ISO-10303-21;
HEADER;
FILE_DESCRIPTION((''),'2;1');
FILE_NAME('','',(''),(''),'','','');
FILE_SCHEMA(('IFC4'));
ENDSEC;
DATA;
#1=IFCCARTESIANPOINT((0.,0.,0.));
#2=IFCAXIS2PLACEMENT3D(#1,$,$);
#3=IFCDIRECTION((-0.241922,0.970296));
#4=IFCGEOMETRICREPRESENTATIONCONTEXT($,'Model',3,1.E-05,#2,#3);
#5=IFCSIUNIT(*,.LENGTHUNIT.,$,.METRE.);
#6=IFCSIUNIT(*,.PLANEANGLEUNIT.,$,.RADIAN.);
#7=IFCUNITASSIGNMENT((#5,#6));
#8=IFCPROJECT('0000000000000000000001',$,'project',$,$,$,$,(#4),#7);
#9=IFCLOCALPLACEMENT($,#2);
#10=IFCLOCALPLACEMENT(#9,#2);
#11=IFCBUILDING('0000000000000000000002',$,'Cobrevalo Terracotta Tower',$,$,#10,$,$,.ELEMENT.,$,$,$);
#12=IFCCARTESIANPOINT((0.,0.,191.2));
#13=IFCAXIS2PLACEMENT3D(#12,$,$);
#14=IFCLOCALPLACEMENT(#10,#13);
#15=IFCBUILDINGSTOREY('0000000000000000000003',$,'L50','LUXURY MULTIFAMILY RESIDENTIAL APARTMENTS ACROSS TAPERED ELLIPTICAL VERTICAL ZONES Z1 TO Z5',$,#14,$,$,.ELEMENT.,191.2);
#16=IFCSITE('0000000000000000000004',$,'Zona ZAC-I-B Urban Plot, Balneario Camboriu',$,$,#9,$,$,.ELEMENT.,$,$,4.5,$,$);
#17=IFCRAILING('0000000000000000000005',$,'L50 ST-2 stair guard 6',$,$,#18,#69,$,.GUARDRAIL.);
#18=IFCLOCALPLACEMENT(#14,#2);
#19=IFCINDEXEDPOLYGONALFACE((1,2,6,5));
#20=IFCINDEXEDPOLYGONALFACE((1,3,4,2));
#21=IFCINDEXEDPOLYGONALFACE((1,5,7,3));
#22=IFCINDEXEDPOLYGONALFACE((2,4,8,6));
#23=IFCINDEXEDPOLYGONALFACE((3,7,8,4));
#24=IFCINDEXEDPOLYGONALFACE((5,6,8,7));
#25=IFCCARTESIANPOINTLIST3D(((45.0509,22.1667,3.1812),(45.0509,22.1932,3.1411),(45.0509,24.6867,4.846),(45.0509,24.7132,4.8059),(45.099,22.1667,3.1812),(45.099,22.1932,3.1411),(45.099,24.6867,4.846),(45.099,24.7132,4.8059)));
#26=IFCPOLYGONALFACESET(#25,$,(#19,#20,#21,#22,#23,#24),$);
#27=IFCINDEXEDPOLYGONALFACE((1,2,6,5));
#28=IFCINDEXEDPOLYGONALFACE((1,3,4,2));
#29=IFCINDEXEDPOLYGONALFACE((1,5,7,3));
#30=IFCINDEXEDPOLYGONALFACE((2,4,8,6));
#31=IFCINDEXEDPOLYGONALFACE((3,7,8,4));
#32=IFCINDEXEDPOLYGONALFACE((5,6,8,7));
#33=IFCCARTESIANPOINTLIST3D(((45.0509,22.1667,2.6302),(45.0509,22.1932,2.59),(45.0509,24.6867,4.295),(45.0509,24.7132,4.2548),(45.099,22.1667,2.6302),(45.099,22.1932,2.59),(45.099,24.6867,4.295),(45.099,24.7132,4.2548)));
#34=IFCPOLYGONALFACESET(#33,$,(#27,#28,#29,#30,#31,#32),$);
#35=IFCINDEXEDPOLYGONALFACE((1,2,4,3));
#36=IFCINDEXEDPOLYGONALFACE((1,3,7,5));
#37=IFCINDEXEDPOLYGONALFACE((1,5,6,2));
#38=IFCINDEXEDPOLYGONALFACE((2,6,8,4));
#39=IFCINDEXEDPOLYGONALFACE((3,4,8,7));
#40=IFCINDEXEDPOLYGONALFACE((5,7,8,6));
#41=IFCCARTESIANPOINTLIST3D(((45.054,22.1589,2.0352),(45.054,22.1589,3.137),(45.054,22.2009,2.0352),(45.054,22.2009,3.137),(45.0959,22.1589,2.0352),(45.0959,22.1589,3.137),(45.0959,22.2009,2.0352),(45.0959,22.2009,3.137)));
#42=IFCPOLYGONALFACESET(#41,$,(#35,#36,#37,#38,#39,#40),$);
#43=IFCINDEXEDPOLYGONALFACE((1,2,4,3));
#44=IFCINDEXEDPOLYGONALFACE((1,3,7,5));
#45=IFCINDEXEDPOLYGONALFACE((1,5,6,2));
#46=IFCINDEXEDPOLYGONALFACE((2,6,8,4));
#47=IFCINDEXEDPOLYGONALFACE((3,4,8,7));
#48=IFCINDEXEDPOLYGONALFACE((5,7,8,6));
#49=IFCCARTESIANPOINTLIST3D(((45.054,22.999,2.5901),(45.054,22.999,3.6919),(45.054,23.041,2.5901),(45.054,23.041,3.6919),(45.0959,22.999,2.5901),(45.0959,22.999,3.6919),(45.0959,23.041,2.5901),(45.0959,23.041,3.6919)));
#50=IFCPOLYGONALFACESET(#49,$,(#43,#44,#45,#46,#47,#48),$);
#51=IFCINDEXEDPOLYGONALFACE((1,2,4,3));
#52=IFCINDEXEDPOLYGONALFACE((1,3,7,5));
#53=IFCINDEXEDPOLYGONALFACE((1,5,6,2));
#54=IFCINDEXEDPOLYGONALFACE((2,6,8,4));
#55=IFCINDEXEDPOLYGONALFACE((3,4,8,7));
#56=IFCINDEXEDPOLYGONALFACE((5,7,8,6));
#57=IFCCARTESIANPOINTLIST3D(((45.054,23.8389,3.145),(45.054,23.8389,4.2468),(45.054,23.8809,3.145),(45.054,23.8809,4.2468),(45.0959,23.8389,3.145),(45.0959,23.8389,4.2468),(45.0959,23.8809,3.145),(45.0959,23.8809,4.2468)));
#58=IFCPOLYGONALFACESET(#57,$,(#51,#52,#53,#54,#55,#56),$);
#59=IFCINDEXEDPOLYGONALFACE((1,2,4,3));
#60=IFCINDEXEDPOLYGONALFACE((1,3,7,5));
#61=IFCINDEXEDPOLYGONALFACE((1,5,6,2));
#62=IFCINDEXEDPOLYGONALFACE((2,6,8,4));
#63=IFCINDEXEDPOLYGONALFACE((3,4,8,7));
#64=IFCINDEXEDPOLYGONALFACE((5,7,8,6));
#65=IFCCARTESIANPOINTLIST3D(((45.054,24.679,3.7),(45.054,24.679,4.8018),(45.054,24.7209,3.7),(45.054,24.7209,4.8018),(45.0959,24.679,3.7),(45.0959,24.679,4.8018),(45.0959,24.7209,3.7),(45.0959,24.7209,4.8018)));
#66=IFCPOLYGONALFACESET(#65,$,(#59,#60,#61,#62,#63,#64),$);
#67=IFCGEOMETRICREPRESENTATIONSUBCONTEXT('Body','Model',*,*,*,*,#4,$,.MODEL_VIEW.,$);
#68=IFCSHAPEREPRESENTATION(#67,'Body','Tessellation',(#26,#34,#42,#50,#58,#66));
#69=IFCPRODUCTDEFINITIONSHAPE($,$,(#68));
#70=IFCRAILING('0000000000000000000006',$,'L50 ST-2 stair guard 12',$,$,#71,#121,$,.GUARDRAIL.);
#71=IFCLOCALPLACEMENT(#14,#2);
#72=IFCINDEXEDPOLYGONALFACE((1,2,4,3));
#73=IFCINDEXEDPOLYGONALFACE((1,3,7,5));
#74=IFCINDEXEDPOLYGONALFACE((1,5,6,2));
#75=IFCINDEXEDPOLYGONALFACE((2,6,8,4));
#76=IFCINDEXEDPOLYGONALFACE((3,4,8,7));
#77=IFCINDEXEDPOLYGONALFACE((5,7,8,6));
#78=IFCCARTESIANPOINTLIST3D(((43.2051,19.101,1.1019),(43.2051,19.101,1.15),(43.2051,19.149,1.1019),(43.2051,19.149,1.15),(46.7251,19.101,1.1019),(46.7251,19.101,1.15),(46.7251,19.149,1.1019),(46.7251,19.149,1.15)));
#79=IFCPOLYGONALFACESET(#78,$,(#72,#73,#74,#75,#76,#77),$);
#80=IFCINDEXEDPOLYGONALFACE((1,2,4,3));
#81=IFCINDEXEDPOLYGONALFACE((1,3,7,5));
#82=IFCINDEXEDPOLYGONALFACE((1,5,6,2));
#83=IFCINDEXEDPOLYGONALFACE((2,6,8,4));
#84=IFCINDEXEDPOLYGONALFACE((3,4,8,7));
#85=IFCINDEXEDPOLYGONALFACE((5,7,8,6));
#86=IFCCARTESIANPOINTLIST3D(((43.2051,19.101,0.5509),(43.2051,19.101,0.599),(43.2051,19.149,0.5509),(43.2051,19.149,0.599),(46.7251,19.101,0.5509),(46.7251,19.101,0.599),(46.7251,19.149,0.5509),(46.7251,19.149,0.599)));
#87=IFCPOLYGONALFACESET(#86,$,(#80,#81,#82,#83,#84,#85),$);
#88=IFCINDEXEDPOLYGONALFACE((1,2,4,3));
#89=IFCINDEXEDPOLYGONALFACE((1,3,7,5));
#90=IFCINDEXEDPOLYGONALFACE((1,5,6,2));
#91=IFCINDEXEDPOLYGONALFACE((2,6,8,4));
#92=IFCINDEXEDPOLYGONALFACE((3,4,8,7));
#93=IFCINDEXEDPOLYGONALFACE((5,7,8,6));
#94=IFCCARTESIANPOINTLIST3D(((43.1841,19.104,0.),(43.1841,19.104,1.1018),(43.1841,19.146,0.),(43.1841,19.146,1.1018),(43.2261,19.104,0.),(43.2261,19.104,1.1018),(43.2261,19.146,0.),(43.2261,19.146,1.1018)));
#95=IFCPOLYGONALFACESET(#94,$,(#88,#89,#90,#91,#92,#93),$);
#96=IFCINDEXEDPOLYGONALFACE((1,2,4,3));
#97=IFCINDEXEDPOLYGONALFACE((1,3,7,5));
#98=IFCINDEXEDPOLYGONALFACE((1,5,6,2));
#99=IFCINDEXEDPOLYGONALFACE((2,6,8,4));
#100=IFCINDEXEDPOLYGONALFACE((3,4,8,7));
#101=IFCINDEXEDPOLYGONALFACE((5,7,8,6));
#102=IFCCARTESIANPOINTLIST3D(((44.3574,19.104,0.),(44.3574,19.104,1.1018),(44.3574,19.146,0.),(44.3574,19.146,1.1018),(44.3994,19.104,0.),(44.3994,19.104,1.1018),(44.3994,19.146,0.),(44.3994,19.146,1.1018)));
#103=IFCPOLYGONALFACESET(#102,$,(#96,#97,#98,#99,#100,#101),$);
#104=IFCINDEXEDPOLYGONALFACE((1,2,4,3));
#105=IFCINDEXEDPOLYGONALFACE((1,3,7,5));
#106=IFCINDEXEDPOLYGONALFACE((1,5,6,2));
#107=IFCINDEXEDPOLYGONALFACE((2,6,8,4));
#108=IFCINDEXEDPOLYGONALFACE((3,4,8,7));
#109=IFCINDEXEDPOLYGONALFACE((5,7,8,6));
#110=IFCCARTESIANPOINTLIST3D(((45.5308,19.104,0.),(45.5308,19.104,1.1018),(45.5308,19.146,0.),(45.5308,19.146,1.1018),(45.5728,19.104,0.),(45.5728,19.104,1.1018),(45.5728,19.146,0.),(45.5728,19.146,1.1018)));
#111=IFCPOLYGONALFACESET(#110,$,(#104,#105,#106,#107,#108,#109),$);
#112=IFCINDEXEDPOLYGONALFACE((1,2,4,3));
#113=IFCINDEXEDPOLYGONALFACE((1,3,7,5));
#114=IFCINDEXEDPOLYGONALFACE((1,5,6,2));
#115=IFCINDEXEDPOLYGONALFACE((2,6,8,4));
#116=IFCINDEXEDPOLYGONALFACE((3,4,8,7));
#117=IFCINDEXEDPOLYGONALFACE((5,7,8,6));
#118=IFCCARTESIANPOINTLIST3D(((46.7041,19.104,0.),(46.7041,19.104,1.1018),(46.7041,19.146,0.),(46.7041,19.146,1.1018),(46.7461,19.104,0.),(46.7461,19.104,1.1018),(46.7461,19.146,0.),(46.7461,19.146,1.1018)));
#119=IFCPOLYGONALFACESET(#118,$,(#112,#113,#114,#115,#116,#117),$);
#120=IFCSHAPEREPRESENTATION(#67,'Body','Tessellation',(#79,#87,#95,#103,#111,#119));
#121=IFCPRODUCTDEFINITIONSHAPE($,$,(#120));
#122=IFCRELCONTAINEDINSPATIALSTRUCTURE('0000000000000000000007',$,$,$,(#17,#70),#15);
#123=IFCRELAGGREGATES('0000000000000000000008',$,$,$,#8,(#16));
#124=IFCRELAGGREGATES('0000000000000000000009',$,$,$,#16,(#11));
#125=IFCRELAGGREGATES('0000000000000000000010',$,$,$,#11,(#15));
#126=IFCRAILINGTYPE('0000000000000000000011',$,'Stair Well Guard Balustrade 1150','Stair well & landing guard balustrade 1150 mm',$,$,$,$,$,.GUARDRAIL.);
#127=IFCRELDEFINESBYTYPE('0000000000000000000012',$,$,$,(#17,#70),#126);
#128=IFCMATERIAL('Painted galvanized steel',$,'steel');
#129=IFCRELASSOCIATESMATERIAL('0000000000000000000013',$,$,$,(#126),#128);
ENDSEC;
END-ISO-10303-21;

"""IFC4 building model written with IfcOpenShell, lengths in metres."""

from ifc_helpers import new_model, si_unit, direction, frame, origin, origin_2d, place, context, subcontext, project, spatial, rectangle, extrude, material, type_object, element, save


model = new_model("IFC4")

# Units and contexts
model_context = context("Model", 3, precision=1e-05, world=origin(), true_north=direction((-0.241922, 0.970296)))
body_context = subcontext(model_context, "Body", "Model", "MODEL_VIEW")
ifc_project = project(units=[si_unit("LENGTHUNIT", "METRE"), si_unit("PLANEANGLEUNIT", "RADIAN")], contexts=[model_context])

# Site, building, storey
site_placement = place(None, origin())
site = spatial("IfcSite", under=ifc_project, at=site_placement, Name="Zona ZAC-I-B Urban Plot, Balneario Camboriu", CompositionType="ELEMENT", RefElevation=4.5)
building_placement = place(site_placement, origin())
building = spatial("IfcBuilding", under=site, at=building_placement, Name="Cobrevalo Terracotta Tower", CompositionType="ELEMENT")
storey_placement = place(building_placement, frame((0.0, 0.0, 191.2)))
storey = spatial("IfcBuildingStorey", under=building, at=storey_placement, Name="L50", Description="LUXURY MULTIFAMILY RESIDENTIAL APARTMENTS ACROSS TAPERED ELLIPTICAL VERTICAL ZONES Z1 TO Z5", CompositionType="ELEMENT", Elevation=191.2)

# Railings
ifc_material_1 = material(Name="Painted galvanized steel", Category="steel")
railing_type_1 = type_object("IfcRailingType", Name="Stair Well Guard Balustrade 1150", Description="Stair well & landing guard balustrade 1150 mm", PredefinedType="GUARDRAIL", material=ifc_material_1)
railing_1_placement = place(storey_placement, frame((45.075, 22.1799, 2.0352)))
element("IfcRailing", 1, at=railing_1_placement, inside=storey, type_object=railing_type_1, Name="L50 ST-2 stair guard 6", PredefinedType="GUARDRAIL", context=body_context, shape_type="SweptSolid", body=[
    extrude(rectangle(XDim=0.0481, YDim=0.0481, at=origin_2d()), frame((0.0, 0.0, 1.126), z_axis=(0.0, 0.834369, 0.551207), x_axis=(-1.0, 0.0, 0.0)), (0.0, 0.0, 1.0), 3.0203),
    extrude(rectangle(XDim=0.0481, YDim=0.0481, at=origin_2d()), frame((0.0, 0.0, 0.575), z_axis=(0.0, 0.834369, 0.551207), x_axis=(-1.0, 0.0, 0.0)), (0.0, 0.0, 1.0), 3.0203),
    extrude(rectangle(XDim=0.042, YDim=0.042, at=origin_2d()), origin(), (0.0, 0.0, 1.0), 1.1018),
    extrude(rectangle(XDim=0.042, YDim=0.042, at=origin_2d()), frame((0.0, 0.8401, 0.5549)), (0.0, 0.0, 1.0), 1.1018),
    extrude(rectangle(XDim=0.042, YDim=0.042, at=origin_2d()), frame((0.0, 1.6799, 1.1099)), (0.0, 0.0, 1.0), 1.1018),
    extrude(rectangle(XDim=0.042, YDim=0.042, at=origin_2d()), frame((0.0, 2.52, 1.6648)), (0.0, 0.0, 1.0), 1.1018),
])
railing_2_placement = place(storey_placement, frame((43.2051, 19.125, 0.0)))
element("IfcRailing", 2, at=railing_2_placement, inside=storey, type_object=railing_type_1, Name="L50 ST-2 stair guard 12", PredefinedType="GUARDRAIL", context=body_context, shape_type="SweptSolid", body=[
    extrude(rectangle(XDim=0.0481, YDim=0.0481, at=origin_2d()), frame((0.0, 0.0, 1.126), z_axis=(1.0, 0.0, 0.0), x_axis=(0.0, 1.0, 0.0)), (0.0, 0.0, 1.0), 3.52),
    extrude(rectangle(XDim=0.0481, YDim=0.0481, at=origin_2d()), frame((0.0, 0.0, 0.575), z_axis=(1.0, 0.0, 0.0), x_axis=(0.0, 1.0, 0.0)), (0.0, 0.0, 1.0), 3.52),
    extrude(rectangle(XDim=0.042, YDim=0.042, at=origin_2d()), origin(), (0.0, 0.0, 1.0), 1.1018),
    extrude(rectangle(XDim=0.042, YDim=0.042, at=origin_2d()), frame((1.1733, 0.0, 0.0)), (0.0, 0.0, 1.0), 1.1018),
    extrude(rectangle(XDim=0.042, YDim=0.042, at=origin_2d()), frame((2.3467, 0.0, 0.0)), (0.0, 0.0, 1.0), 1.1018),
    extrude(rectangle(XDim=0.042, YDim=0.042, at=origin_2d()), frame((3.52, 0.0, 0.0)), (0.0, 0.0, 1.0), 1.1018),
])

save(model, "model.ifc")
